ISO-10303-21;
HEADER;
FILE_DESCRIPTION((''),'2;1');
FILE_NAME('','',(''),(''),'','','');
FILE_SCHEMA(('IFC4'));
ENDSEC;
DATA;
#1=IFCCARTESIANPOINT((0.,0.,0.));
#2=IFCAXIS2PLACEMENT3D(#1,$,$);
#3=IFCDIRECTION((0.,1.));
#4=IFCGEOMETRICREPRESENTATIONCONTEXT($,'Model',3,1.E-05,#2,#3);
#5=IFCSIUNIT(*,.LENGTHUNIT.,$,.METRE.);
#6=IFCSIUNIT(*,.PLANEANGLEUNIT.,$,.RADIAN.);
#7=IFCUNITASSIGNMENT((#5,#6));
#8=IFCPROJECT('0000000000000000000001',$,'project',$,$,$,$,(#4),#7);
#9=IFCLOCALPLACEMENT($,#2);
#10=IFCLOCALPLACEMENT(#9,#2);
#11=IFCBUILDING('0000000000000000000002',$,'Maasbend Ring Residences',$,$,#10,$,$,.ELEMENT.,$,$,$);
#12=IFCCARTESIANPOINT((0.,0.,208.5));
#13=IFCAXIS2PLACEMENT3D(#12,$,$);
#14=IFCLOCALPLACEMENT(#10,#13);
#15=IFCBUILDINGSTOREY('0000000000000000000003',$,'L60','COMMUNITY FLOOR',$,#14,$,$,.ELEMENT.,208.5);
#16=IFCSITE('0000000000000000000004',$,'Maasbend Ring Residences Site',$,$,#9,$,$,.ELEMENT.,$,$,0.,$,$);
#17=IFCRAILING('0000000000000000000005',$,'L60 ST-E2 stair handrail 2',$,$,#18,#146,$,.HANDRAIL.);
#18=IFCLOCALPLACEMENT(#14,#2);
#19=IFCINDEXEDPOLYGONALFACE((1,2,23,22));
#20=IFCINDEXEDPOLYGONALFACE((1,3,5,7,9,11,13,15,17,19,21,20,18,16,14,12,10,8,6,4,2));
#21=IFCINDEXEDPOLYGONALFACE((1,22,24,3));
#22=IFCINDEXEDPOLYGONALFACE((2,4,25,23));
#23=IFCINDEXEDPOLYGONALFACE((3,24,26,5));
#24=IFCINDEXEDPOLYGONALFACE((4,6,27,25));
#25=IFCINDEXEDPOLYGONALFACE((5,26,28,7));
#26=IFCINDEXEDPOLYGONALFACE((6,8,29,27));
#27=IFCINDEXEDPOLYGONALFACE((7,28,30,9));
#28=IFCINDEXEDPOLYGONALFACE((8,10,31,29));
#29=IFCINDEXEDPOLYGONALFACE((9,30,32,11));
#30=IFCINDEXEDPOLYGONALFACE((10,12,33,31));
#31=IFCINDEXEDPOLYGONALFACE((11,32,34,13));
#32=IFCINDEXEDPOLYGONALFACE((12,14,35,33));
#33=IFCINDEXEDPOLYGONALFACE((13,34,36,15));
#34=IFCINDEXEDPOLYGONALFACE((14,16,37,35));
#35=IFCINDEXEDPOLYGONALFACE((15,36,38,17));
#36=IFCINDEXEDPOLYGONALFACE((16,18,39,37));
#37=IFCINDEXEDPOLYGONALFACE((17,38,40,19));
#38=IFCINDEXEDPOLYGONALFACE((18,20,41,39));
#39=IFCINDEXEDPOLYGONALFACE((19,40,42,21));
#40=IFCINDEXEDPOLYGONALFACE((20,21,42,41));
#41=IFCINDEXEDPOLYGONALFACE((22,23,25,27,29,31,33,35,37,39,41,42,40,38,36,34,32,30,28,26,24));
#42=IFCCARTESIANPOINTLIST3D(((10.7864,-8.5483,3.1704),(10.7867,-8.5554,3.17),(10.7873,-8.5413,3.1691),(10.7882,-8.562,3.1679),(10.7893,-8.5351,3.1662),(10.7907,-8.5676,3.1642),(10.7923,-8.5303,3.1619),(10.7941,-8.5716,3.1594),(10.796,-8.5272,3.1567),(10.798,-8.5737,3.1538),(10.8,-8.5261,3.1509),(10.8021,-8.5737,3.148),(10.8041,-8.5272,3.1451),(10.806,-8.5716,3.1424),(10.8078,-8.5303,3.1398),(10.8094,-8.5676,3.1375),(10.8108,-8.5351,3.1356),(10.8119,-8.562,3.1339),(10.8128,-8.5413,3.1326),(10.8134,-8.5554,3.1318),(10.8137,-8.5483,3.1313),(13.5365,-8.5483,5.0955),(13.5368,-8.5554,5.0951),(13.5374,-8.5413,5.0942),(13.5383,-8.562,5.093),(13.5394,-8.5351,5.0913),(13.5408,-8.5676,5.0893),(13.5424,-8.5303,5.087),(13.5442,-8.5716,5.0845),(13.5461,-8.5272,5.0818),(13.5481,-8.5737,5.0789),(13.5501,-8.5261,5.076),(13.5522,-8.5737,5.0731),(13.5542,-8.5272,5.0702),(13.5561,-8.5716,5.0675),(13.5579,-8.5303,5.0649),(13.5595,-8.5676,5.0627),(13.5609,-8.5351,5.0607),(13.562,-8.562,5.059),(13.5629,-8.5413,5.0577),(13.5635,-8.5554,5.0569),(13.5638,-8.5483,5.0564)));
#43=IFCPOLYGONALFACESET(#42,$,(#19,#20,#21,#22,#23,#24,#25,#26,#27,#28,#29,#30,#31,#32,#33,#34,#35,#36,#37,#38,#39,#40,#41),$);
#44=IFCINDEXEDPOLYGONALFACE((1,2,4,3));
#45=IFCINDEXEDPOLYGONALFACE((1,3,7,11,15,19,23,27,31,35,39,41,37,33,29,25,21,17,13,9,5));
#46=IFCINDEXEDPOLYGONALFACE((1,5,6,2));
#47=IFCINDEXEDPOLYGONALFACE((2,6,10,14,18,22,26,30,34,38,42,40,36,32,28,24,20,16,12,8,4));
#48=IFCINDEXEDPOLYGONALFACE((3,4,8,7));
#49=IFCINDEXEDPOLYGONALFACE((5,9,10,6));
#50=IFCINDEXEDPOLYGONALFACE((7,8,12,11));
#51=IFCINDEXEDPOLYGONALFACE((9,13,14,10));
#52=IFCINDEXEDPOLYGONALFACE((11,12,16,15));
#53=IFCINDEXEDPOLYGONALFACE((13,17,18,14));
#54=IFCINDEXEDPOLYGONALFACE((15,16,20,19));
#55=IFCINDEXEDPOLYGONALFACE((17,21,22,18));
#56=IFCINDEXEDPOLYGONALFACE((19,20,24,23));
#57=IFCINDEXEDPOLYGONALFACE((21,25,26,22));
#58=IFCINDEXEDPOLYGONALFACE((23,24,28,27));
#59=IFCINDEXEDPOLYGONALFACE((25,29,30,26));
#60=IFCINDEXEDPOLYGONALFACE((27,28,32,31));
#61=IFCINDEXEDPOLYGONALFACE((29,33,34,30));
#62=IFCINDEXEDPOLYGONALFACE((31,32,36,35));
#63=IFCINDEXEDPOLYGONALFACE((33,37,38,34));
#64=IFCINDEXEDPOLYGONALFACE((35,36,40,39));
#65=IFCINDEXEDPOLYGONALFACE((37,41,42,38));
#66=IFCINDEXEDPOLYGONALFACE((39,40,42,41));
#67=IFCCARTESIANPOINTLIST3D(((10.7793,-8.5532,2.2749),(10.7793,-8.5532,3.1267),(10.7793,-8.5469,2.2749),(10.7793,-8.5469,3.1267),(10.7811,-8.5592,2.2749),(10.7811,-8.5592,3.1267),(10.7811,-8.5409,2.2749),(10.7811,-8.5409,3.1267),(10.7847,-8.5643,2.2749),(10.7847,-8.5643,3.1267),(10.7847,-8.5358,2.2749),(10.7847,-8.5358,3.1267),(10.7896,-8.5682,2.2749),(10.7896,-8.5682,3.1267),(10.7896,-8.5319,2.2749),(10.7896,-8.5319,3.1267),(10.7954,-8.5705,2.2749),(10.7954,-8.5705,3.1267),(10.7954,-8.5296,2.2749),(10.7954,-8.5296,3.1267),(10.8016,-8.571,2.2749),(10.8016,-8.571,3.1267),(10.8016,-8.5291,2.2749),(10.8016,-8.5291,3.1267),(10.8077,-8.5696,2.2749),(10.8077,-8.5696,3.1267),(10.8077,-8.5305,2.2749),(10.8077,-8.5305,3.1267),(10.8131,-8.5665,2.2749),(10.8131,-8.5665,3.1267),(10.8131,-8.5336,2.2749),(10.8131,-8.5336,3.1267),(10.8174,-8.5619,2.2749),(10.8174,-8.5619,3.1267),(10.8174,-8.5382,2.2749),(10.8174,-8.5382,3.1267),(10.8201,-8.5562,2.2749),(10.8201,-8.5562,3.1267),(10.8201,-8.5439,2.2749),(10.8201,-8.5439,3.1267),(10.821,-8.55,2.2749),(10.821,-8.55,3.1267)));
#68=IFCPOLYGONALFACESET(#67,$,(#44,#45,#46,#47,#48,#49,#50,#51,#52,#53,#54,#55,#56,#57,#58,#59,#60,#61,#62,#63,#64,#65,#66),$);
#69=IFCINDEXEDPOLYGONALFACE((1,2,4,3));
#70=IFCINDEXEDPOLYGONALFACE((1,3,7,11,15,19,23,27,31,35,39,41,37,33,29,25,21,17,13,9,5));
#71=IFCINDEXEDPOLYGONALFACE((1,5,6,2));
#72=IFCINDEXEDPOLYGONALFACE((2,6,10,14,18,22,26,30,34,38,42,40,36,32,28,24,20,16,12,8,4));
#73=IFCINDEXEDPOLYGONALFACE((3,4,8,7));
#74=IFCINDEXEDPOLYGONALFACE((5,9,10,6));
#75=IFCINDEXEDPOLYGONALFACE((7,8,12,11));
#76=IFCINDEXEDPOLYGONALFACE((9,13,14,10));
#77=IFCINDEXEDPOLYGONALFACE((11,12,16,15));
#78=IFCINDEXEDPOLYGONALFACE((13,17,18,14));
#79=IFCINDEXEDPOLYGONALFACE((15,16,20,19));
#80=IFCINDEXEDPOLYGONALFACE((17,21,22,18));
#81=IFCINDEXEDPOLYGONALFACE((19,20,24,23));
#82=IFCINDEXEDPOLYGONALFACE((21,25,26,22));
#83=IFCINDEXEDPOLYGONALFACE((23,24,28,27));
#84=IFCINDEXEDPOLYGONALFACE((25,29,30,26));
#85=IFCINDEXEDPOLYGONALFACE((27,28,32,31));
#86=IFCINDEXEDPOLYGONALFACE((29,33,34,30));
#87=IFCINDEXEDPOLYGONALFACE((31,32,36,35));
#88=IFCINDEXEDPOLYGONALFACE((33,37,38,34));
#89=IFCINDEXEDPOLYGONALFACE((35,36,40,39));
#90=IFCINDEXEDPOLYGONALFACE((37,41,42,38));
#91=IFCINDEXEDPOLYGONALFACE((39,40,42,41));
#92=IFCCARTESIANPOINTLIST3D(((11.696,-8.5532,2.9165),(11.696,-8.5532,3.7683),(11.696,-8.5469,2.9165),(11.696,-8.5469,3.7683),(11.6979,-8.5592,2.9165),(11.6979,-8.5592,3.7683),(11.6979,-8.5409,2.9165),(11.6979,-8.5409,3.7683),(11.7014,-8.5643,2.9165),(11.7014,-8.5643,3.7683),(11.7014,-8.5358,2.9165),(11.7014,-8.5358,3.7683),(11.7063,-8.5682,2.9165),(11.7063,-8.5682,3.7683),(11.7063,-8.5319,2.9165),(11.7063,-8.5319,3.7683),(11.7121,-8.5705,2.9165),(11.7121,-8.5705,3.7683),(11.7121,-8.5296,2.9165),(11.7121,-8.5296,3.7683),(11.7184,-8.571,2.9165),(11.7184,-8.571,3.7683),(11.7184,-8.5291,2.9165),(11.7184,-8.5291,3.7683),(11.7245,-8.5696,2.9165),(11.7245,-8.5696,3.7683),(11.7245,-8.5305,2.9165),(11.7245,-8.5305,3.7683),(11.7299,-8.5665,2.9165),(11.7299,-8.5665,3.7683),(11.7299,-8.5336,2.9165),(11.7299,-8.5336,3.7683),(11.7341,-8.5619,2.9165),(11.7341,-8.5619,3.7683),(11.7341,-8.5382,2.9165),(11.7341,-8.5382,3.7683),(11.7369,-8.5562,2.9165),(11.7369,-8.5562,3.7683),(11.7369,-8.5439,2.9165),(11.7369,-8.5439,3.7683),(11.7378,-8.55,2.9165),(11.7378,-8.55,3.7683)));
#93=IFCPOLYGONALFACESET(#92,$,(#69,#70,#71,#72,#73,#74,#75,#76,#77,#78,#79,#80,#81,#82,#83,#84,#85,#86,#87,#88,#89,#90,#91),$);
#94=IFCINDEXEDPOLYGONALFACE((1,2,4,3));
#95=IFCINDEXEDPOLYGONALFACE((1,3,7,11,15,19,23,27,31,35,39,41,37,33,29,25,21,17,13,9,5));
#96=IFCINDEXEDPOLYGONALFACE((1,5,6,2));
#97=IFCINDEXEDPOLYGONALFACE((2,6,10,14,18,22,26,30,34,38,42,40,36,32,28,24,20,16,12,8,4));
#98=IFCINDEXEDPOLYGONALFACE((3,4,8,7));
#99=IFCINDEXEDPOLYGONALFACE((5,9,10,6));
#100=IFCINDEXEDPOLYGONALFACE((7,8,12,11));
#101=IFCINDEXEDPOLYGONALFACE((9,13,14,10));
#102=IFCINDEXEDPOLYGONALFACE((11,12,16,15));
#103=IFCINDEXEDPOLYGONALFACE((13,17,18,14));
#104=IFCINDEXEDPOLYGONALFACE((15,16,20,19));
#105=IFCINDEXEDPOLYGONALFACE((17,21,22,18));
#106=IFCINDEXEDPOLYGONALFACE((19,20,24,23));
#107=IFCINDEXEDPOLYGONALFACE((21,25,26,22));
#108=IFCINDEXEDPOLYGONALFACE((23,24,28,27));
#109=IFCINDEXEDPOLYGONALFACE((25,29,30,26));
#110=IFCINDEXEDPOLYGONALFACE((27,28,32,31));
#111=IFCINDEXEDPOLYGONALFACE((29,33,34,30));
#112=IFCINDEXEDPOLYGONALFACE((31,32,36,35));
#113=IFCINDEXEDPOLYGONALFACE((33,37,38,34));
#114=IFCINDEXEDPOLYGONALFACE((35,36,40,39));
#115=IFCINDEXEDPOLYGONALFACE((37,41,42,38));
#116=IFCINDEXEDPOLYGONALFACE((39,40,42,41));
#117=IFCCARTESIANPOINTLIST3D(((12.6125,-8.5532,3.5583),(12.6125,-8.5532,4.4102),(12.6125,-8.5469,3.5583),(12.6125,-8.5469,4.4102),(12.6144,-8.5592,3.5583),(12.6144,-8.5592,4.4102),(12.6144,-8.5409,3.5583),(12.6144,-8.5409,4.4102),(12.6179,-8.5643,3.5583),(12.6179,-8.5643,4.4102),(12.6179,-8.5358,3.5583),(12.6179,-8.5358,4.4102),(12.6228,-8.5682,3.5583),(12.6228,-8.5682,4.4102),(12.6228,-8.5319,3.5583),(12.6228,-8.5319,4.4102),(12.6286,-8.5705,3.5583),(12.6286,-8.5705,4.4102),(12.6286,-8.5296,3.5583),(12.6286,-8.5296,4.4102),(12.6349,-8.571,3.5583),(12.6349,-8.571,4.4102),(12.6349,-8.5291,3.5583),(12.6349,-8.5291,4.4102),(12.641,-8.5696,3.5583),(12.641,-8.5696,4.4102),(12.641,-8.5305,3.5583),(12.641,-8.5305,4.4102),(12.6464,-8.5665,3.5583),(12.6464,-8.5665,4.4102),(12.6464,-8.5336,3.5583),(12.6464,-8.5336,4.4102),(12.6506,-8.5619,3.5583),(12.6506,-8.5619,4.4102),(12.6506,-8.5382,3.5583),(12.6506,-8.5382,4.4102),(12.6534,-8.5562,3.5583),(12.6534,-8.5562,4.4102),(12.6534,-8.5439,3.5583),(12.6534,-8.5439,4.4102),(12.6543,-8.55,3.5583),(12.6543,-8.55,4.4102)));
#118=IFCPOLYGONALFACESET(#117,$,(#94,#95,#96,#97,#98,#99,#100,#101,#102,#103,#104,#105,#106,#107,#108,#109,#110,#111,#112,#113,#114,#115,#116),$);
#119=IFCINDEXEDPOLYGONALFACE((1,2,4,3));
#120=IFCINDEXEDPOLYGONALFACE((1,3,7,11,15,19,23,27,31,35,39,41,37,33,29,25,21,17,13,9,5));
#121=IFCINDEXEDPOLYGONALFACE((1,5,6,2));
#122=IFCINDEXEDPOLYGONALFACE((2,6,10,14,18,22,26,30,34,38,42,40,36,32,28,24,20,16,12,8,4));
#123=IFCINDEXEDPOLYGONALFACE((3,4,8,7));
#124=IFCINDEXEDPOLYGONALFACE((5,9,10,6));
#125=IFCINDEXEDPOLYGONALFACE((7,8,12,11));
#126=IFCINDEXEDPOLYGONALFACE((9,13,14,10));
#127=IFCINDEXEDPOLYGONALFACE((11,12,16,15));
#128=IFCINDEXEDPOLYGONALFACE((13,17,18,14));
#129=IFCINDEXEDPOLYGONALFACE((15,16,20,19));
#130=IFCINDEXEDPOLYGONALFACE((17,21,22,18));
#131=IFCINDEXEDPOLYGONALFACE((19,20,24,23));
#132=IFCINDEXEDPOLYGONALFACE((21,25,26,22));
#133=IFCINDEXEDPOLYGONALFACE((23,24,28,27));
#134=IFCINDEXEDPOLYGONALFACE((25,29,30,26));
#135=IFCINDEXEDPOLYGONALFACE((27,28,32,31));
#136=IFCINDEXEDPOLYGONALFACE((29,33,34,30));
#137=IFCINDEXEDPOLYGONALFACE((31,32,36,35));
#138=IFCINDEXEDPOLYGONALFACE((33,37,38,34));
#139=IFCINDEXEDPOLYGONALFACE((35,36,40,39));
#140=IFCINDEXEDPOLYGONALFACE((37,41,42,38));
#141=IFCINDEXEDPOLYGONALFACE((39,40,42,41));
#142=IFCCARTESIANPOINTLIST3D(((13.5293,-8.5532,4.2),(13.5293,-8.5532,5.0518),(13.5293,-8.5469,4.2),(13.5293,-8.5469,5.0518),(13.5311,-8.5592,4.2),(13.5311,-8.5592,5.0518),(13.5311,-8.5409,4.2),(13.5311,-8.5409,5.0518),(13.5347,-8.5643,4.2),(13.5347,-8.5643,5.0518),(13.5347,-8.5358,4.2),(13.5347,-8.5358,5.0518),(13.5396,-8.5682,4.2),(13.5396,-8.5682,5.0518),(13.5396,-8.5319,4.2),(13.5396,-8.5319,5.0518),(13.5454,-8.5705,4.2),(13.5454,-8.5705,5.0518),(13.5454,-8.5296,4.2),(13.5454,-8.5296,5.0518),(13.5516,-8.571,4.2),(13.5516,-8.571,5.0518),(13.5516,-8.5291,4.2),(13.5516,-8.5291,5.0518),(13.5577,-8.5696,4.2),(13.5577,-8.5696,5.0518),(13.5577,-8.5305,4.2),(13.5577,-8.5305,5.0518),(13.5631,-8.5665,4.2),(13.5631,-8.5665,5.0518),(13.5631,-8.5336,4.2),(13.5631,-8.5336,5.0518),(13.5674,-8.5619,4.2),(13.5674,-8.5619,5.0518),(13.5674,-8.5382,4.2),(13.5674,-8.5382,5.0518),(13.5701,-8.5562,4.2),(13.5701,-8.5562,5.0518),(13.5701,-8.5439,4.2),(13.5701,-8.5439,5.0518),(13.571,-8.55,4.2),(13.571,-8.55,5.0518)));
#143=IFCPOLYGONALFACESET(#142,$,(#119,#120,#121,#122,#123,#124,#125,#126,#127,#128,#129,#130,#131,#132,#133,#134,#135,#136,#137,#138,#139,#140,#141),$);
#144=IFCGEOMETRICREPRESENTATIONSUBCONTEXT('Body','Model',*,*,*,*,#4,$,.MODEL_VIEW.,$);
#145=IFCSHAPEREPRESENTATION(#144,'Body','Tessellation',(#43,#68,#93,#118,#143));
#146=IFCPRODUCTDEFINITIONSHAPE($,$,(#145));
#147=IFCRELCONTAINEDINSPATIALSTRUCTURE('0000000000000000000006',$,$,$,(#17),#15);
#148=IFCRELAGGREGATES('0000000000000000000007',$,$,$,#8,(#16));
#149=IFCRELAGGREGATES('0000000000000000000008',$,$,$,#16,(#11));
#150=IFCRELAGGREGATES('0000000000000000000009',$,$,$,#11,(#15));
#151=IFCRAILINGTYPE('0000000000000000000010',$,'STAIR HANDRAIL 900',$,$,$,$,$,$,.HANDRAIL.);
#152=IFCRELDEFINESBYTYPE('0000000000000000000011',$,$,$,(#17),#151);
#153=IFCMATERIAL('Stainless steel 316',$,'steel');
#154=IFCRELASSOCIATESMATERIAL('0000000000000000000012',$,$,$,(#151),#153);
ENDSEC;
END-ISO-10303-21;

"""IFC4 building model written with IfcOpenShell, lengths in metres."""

from ifc_helpers import new_model, si_unit, direction, frame, origin, origin_2d, place, context, subcontext, project, spatial, circle, extrude, material, type_object, element, save


model = new_model("IFC4")

# Units and contexts
model_context = context("Model", 3, precision=1e-05, world=origin(), true_north=direction((0.0, 1.0)))
body_context = subcontext(model_context, "Body", "Model", "MODEL_VIEW")
ifc_project = project(units=[si_unit("LENGTHUNIT", "METRE"), si_unit("PLANEANGLEUNIT", "RADIAN")], contexts=[model_context])

# Site, building, storey
site_placement = place(None, origin())
site = spatial("IfcSite", under=ifc_project, at=site_placement, Name="Maasbend Ring Residences Site", CompositionType="ELEMENT", RefElevation=0.0)
building_placement = place(site_placement, origin())
building = spatial("IfcBuilding", under=site, at=building_placement, Name="Maasbend Ring Residences", CompositionType="ELEMENT")
storey_placement = place(building_placement, frame((0.0, 0.0, 208.5)))
storey = spatial("IfcBuildingStorey", under=building, at=storey_placement, Name="L60", Description="COMMUNITY FLOOR", CompositionType="ELEMENT", Elevation=208.5)

# Railing
ifc_material_1 = material(Name="Stainless steel 316", Category="steel")
railing_type = type_object("IfcRailingType", Name="STAIR HANDRAIL 900", PredefinedType="HANDRAIL", material=ifc_material_1)
railing_placement = place(storey_placement, frame((10.8, -8.55, 2.2749)))
element("IfcRailing", 1, at=railing_placement, inside=storey, type_object=railing_type, Name="L60 ST-E2 stair handrail 2", PredefinedType="HANDRAIL", context=body_context, shape_type="SweptSolid", body=[
    extrude(circle(Radius=0.0239, at=origin_2d()), frame((0.0, 0.0, 0.876), z_axis=(0.819225, 0.0, 0.573472), x_axis=(0.0, 1.0, 0.0)), (0.0, 0.0, 1.0), 3.3569),
    extrude(circle(Radius=0.021, at=origin_2d()), origin(), (0.0, 0.0, 1.0), 0.8518),
    extrude(circle(Radius=0.021, at=origin_2d()), frame((0.9167, 0.0, 0.6416)), (0.0, 0.0, 1.0), 0.8518),
    extrude(circle(Radius=0.021, at=origin_2d()), frame((1.8333, 0.0, 1.2834)), (0.0, 0.0, 1.0), 0.8518),
    extrude(circle(Radius=0.021, at=origin_2d()), frame((2.75, 0.0, 1.925)), (0.0, 0.0, 1.0), 0.8518),
])

save(model, "model.ifc")
